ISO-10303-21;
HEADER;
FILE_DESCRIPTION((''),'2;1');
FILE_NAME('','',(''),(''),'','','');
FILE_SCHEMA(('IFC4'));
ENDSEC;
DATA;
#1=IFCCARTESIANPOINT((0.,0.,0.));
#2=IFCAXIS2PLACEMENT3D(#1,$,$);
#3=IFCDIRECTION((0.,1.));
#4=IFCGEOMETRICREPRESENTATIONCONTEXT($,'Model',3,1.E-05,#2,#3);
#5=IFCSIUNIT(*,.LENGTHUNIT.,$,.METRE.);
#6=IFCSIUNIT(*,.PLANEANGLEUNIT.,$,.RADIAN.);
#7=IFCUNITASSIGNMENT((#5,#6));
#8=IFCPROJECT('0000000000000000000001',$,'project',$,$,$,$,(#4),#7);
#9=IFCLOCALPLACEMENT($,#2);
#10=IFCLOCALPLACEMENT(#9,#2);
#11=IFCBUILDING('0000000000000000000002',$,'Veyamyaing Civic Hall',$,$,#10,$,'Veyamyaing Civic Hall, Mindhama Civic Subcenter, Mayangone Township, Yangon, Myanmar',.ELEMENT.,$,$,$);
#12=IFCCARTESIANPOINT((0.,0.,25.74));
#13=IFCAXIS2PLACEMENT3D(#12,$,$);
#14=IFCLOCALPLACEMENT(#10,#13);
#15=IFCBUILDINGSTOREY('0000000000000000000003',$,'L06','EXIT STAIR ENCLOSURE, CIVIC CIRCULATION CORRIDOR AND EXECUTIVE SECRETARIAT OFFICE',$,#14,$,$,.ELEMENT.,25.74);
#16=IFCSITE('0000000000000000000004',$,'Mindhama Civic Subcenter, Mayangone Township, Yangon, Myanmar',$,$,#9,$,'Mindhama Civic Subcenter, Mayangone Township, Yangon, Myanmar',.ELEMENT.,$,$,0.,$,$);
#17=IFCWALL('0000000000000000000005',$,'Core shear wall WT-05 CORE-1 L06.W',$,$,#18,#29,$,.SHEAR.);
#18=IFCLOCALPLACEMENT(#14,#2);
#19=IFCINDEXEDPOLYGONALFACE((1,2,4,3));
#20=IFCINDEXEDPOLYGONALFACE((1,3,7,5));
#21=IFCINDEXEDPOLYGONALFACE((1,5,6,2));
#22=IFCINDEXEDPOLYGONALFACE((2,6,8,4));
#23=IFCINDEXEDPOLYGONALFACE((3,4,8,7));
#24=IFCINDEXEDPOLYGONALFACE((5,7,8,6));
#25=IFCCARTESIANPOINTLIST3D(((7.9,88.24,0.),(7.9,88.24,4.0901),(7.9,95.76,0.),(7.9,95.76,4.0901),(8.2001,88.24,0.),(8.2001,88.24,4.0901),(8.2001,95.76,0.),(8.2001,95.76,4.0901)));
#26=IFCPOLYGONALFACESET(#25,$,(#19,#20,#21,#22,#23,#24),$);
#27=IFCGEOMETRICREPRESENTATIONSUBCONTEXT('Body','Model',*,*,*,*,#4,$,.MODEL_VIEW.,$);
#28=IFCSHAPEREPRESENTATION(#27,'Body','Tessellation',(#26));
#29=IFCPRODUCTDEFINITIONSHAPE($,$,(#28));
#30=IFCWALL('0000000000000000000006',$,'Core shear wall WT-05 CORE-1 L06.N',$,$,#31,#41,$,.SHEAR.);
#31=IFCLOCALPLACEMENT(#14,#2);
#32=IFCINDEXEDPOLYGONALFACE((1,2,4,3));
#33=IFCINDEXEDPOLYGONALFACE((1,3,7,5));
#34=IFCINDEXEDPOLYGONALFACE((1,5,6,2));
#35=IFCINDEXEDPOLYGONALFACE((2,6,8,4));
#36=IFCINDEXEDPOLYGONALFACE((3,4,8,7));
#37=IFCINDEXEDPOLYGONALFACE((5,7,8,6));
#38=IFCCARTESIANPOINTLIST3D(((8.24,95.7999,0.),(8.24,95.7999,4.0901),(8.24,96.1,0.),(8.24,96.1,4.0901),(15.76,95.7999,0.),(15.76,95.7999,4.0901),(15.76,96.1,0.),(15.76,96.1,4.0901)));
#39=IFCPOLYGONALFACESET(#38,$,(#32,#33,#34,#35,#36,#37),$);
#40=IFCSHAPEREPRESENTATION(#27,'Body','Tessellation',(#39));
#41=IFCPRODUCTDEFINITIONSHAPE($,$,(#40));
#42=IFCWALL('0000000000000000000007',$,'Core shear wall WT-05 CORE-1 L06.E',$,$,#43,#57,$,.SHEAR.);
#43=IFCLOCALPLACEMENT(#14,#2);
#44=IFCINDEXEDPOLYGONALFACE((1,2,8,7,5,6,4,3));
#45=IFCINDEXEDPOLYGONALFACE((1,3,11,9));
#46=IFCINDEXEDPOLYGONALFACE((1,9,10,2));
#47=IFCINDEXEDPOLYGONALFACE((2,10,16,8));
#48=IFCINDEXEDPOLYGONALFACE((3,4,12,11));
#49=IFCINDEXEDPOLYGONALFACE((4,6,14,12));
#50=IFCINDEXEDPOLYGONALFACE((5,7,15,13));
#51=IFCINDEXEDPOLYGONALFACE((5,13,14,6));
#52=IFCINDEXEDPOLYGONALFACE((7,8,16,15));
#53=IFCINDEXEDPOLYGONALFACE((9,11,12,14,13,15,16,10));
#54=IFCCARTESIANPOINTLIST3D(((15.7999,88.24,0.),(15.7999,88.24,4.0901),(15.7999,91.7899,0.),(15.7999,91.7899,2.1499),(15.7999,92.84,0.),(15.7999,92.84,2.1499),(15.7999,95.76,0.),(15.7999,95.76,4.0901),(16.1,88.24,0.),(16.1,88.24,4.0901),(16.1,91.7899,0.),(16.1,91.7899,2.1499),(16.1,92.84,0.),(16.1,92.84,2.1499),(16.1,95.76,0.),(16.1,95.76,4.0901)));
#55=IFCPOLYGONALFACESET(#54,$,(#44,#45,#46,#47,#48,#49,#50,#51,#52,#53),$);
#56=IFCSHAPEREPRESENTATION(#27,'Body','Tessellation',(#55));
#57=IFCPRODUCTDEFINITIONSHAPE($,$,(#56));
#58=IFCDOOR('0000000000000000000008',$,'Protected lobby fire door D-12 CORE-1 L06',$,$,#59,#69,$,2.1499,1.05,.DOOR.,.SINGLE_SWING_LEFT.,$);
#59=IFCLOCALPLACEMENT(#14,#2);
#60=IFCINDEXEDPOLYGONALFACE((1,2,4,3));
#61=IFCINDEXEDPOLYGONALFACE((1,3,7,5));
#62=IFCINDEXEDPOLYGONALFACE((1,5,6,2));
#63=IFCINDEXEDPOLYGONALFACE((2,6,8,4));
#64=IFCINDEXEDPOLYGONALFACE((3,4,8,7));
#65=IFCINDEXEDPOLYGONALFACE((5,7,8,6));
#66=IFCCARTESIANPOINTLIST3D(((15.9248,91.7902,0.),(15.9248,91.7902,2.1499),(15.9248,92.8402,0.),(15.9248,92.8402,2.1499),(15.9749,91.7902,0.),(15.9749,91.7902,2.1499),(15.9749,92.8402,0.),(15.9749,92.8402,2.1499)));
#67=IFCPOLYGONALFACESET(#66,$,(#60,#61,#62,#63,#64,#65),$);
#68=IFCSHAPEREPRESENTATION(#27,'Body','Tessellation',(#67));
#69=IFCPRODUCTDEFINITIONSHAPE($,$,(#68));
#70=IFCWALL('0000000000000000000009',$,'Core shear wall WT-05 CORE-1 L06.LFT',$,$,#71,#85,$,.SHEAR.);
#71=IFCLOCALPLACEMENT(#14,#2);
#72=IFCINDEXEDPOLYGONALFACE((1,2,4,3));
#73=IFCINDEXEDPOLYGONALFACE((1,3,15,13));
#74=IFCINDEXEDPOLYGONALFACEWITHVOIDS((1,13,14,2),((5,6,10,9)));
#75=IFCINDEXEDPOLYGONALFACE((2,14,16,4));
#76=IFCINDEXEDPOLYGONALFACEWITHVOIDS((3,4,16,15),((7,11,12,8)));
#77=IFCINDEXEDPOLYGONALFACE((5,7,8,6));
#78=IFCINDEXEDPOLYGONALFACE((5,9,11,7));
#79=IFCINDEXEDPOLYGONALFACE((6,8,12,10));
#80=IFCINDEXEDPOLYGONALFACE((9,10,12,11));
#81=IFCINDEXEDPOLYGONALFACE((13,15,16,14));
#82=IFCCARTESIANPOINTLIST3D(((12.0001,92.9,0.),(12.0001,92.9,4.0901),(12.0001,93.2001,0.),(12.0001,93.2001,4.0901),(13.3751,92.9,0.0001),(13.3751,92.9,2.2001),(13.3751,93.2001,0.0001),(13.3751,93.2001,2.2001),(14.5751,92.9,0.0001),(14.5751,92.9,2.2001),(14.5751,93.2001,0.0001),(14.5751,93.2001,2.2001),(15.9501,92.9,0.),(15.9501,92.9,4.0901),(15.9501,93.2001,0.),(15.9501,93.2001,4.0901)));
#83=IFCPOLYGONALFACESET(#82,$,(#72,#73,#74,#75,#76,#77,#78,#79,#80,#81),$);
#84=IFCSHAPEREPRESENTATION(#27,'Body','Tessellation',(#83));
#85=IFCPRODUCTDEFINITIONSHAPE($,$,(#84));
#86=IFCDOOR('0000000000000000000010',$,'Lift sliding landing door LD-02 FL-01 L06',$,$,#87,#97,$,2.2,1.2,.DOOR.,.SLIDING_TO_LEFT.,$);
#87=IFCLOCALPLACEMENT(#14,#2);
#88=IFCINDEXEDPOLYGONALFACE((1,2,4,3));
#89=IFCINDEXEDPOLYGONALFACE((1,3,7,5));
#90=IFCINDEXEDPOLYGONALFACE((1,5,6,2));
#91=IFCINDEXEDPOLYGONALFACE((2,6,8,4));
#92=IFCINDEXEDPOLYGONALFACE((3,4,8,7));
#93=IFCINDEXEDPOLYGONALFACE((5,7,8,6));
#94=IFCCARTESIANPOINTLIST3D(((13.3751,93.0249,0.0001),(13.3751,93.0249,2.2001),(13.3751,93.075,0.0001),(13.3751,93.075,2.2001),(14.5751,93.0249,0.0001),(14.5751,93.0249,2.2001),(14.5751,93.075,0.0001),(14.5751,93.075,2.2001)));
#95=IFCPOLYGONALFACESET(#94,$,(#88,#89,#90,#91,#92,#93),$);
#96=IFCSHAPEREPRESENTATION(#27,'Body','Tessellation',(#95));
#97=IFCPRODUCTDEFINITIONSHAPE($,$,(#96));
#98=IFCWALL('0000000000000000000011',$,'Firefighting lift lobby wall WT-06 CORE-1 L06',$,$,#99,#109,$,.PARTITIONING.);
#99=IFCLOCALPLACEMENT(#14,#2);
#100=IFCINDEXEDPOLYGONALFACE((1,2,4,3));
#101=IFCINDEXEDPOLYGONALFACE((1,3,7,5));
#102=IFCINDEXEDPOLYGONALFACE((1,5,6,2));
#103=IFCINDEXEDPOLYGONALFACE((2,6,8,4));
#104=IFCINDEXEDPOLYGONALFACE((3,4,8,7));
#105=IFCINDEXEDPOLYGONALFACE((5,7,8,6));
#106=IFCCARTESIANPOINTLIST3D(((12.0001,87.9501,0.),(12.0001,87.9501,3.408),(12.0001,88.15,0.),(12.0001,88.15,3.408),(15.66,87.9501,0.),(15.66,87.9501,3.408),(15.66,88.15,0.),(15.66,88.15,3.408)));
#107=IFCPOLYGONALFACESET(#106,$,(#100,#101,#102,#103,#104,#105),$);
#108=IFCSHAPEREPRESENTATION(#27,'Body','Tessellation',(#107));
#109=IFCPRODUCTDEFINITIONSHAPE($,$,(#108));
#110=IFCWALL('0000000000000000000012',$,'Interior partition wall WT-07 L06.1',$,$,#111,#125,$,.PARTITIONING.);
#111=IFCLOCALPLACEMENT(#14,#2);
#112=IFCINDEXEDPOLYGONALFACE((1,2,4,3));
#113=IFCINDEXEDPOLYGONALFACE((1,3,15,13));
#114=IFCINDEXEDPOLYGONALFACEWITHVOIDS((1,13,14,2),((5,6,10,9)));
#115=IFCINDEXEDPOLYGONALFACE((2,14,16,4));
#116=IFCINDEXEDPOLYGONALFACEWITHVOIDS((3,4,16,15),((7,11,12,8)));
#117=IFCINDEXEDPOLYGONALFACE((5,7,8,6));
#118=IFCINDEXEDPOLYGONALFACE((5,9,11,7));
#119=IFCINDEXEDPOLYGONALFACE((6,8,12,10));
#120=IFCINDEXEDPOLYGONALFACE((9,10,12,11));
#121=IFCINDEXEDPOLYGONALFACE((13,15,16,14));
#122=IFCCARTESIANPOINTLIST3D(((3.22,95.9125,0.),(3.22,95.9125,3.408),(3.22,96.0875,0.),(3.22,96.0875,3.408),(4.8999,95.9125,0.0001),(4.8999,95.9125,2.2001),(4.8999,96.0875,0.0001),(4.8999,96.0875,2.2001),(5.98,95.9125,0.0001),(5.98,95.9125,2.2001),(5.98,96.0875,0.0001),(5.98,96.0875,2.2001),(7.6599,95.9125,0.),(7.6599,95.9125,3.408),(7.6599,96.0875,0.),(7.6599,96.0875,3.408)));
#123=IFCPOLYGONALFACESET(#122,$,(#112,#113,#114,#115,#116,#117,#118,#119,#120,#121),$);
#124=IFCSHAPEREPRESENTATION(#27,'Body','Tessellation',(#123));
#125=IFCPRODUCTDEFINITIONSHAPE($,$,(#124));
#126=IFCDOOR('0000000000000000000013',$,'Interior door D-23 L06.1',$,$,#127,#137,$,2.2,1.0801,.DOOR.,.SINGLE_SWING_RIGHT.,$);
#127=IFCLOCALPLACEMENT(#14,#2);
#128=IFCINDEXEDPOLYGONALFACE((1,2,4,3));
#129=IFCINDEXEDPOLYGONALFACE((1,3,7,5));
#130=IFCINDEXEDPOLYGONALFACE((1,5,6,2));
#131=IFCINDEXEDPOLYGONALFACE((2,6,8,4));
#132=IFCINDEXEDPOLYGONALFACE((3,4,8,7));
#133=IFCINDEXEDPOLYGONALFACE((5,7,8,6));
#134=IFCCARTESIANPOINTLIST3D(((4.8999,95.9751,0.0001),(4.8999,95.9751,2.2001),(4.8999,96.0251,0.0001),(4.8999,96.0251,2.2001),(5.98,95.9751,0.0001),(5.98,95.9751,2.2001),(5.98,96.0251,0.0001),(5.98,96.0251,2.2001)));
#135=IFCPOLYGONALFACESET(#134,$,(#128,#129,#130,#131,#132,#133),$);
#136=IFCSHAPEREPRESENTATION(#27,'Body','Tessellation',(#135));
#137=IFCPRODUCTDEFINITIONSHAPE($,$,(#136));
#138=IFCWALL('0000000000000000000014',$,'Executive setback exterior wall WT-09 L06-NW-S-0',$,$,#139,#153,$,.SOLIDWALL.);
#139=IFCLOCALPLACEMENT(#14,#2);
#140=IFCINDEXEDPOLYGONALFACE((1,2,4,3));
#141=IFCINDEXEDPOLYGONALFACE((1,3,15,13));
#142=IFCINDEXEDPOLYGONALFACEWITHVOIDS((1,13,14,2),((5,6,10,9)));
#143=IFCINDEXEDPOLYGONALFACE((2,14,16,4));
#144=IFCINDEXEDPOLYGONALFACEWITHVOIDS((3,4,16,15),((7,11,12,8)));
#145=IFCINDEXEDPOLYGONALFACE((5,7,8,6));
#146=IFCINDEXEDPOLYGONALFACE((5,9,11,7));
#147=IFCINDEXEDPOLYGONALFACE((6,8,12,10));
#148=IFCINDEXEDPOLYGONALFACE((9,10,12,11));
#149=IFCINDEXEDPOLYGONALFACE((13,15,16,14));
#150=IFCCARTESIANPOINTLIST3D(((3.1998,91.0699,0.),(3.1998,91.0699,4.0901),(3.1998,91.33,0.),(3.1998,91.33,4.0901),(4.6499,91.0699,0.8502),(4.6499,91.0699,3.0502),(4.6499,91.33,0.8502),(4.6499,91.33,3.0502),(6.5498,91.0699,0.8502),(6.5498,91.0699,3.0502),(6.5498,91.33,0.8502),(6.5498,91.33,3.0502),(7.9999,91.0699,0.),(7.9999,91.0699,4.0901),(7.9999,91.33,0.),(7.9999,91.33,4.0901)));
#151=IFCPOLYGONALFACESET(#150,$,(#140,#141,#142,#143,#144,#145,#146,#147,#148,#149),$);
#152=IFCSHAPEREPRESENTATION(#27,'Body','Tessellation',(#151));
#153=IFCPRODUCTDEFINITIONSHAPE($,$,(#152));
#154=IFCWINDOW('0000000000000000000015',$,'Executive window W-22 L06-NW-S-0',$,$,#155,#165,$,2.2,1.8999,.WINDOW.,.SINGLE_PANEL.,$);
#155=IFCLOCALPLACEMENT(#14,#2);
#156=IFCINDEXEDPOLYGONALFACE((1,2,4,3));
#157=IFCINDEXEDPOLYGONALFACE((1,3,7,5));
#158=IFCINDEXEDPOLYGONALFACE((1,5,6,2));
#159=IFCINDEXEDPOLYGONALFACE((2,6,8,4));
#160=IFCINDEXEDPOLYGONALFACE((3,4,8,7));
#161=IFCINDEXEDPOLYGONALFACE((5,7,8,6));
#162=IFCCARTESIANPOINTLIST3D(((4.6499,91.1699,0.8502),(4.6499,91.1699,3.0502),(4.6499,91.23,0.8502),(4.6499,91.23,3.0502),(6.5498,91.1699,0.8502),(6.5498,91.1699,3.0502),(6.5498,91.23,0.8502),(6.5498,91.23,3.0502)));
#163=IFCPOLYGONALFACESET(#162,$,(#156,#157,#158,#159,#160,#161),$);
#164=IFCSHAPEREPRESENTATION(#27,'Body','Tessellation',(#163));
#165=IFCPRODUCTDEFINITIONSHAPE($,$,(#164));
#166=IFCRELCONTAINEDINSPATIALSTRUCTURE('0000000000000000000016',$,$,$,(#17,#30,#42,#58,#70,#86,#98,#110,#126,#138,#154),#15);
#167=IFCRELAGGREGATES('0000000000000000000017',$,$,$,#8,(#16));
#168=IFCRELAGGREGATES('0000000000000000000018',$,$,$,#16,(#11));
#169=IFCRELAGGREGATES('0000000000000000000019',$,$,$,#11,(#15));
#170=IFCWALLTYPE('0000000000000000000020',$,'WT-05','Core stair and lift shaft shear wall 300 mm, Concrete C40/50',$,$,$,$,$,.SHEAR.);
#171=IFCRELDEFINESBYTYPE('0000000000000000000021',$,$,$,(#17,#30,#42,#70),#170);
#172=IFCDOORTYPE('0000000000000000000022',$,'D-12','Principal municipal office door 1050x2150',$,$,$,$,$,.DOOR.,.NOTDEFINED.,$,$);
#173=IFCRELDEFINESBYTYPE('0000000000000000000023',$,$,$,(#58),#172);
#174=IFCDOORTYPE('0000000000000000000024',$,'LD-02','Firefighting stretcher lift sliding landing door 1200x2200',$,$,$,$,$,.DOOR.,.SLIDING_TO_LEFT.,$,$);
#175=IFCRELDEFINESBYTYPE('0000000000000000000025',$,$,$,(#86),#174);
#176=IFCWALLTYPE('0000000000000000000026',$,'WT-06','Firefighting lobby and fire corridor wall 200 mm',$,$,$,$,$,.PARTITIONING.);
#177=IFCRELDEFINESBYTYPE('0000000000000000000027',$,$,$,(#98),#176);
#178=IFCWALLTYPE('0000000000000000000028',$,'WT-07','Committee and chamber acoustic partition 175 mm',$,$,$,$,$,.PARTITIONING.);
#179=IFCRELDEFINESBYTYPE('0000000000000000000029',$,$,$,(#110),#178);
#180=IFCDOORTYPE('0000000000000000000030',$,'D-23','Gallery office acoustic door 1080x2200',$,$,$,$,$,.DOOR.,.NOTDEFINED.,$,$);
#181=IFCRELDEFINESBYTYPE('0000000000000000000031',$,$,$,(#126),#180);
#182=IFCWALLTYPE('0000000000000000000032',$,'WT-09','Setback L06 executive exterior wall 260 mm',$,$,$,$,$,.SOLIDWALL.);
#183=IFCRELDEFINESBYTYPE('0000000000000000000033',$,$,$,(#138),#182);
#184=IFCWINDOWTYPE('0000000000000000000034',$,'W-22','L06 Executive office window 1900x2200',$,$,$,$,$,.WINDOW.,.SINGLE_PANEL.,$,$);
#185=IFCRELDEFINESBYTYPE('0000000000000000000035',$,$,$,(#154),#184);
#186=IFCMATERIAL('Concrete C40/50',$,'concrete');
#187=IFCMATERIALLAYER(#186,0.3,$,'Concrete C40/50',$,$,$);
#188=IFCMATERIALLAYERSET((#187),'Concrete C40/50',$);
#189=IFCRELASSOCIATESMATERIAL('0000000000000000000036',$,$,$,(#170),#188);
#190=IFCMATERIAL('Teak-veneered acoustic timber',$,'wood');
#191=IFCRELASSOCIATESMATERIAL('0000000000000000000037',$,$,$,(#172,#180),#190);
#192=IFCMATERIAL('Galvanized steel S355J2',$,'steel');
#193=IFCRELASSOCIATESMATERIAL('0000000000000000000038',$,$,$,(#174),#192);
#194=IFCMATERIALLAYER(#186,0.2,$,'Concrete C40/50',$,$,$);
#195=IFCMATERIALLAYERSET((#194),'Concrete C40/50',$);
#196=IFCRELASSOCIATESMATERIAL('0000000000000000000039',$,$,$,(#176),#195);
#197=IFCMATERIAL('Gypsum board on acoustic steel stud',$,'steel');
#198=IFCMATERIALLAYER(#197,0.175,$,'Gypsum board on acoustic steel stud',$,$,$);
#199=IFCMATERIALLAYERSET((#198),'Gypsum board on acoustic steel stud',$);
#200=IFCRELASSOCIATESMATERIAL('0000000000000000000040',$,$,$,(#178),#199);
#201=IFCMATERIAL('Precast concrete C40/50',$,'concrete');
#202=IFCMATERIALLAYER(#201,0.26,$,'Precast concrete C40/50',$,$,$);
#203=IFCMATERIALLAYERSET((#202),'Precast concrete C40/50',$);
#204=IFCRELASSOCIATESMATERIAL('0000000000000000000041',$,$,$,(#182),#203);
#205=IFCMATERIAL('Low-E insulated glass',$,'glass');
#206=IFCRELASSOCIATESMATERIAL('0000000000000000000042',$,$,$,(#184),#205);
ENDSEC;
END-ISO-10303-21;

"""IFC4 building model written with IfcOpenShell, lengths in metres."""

from ifc_helpers import new_model, si_unit, direction, frame, frame_2d, origin, place, context, subcontext, project, spatial, rectangle, extrude, material, layer, layer_set, type_object, element, fill, save


model = new_model("IFC4")

# Units and contexts
model_context = context("Model", 3, precision=1e-05, world=origin(), true_north=direction((0.0, 1.0)))
body_context = subcontext(model_context, "Body", "Model", "MODEL_VIEW")
ifc_project = project(units=[si_unit("LENGTHUNIT", "METRE"), si_unit("PLANEANGLEUNIT", "RADIAN")], contexts=[model_context])

# Site, building, storey
site_placement = place(None, origin())
site = spatial("IfcSite", under=ifc_project, at=site_placement, Name="Mindhama Civic Subcenter, Mayangone Township, Yangon, Myanmar", LongName="Mindhama Civic Subcenter, Mayangone Township, Yangon, Myanmar", CompositionType="ELEMENT", RefElevation=0.0)
building_placement = place(site_placement, origin())
building = spatial("IfcBuilding", under=site, at=building_placement, Name="Veyamyaing Civic Hall", LongName="Veyamyaing Civic Hall, Mindhama Civic Subcenter, Mayangone Township, Yangon, Myanmar", CompositionType="ELEMENT")
storey_placement = place(building_placement, frame((0.0, 0.0, 25.74)))
storey = spatial("IfcBuildingStorey", under=building, at=storey_placement, Name="L06", Description="EXIT STAIR ENCLOSURE, CIVIC CIRCULATION CORRIDOR AND EXECUTIVE SECRETARIAT OFFICE", CompositionType="ELEMENT", Elevation=25.74)

# Walls
ifc_material_1 = material(Name="Concrete C40/50", Category="concrete")
ifc_layer_1 = layer(ifc_material_1, 0.3, Name="Concrete C40/50")
ifc_layer_set_1 = layer_set([ifc_layer_1], Name="Concrete C40/50")
wall_type_1 = type_object("IfcWallType", Name="WT-05", Description="Core stair and lift shaft shear wall 300 mm, Concrete C40/50", PredefinedType="SHEAR", material=ifc_layer_set_1)
for number, where, z_axis, x_axis, name in (
    (1, (8.05, 88.24, 0.0), (0.0, 0.0, 1.0), (0.0, 1.0, 0.0), "Core shear wall WT-05 CORE-1 L06.W"),
    (2, (8.24, 95.95, 0.0), (0.0, 0.0, 1.0), (1.0, 0.0, 0.0), "Core shear wall WT-05 CORE-1 L06.N"),
):
    element("IfcWall", number, at=place(storey_placement, frame(where, z_axis=z_axis, x_axis=x_axis)), inside=storey, type_object=wall_type_1, Name=name, PredefinedType="SHEAR", context=body_context, shape_type="SweptSolid", body=[
        extrude(rectangle(XDim=7.52, YDim=0.3, at=frame_2d((3.76, 0.0))), origin(), (0.0, 0.0, 1.0), 4.0901),
    ])

# Walls, openings, doors
wall_1_placement = place(storey_placement, frame((15.95, 88.24, 0.0), z_axis=(0.0, 0.0, 1.0), x_axis=(0.0, 1.0, 0.0)))
wall_1 = element("IfcWall", 3, at=wall_1_placement, inside=storey, type_object=wall_type_1, Name="Core shear wall WT-05 CORE-1 L06.E", PredefinedType="SHEAR", context=body_context, shape_type="SweptSolid", body=[
    extrude(rectangle(XDim=7.52, YDim=0.3, at=frame_2d((3.76, 0.0))), origin(), (0.0, 0.0, 1.0), 4.0901),
])
opening_1_placement = place(wall_1_placement, frame((3.55, 0.0, 0.0)))
opening_1 = element("IfcOpeningElement", 4, at=opening_1_placement, cuts=wall_1, PredefinedType="OPENING", context=body_context, shape_type="SweptSolid", body=[
    extrude(rectangle(XDim=1.05, YDim=2.1499, at=frame_2d((0.5249, 1.075))), frame((0.0, 0.1599, 0.0), z_axis=(0.0, -1.0, 0.0), x_axis=(1.0, 0.0, 0.0)), (0.0, 0.0, 1.0), 0.3201),
])
ifc_material_2 = material(Name="Teak-veneered acoustic timber", Category="wood")
door_type_1 = type_object("IfcDoorType", Name="D-12", Description="Principal municipal office door 1050x2150", OperationType="NOTDEFINED", PredefinedType="DOOR", material=ifc_material_2)
door_1_placement = place(opening_1_placement, frame((1.05, 0.0, 0.0), z_axis=(0.0, 0.0, 1.0), x_axis=(-1.0, 0.0, 0.0)))
door_1 = element("IfcDoor", 5, at=door_1_placement, inside=storey, type_object=door_type_1, Name="Protected lobby fire door D-12 CORE-1 L06", OperationType="SINGLE_SWING_LEFT", OverallHeight=2.1499, OverallWidth=1.05, PredefinedType="DOOR", context=body_context, shape_type="SweptSolid", body=[
    extrude(rectangle(XDim=1.05, YDim=2.1499, at=frame_2d((0.5249, 1.075))), frame((0.0, 0.0249, 0.0), z_axis=(0.0, -1.0, 0.0), x_axis=(1.0, 0.0, 0.0)), (0.0, 0.0, 1.0), 0.05),
])
fill(opening_1, door_1)
wall_2_placement = place(storey_placement, frame((12.0, 93.05, 0.0), z_axis=(0.0, 0.0, 1.0), x_axis=(1.0, 0.0, 0.0)))
wall_2 = element("IfcWall", 6, at=wall_2_placement, inside=storey, type_object=wall_type_1, Name="Core shear wall WT-05 CORE-1 L06.LFT", PredefinedType="SHEAR", context=body_context, shape_type="SweptSolid", body=[
    extrude(rectangle(XDim=3.95, YDim=0.3, at=frame_2d((1.9751, 0.0))), origin(), (0.0, 0.0, 1.0), 4.0901),
])
opening_2_placement = place(wall_2_placement, frame((1.375, 0.0, 0.0)))
opening_2 = element("IfcOpeningElement", 7, at=opening_2_placement, cuts=wall_2, PredefinedType="OPENING", context=body_context, shape_type="SweptSolid", body=[
    extrude(rectangle(XDim=1.2, YDim=2.2, at=frame_2d((0.6001, 1.1001))), frame((0.0, 0.1599, 0.0), z_axis=(0.0, -1.0, 0.0), x_axis=(1.0, 0.0, 0.0)), (0.0, 0.0, 1.0), 0.3201),
])
ifc_material_3 = material(Name="Galvanized steel S355J2", Category="steel")
door_type_2 = type_object("IfcDoorType", Name="LD-02", Description="Firefighting stretcher lift sliding landing door 1200x2200", OperationType="SLIDING_TO_LEFT", PredefinedType="DOOR", material=ifc_material_3)
door_2_placement = place(opening_2_placement, origin())
door_2 = element("IfcDoor", 8, at=door_2_placement, inside=storey, type_object=door_type_2, Name="Lift sliding landing door LD-02 FL-01 L06", OperationType="SLIDING_TO_LEFT", OverallHeight=2.2, OverallWidth=1.2, PredefinedType="DOOR", context=body_context, shape_type="SweptSolid", body=[
    extrude(rectangle(XDim=1.2, YDim=2.2, at=frame_2d((0.6001, 1.1001))), frame((0.0, 0.0249, 0.0), z_axis=(0.0, -1.0, 0.0), x_axis=(1.0, 0.0, 0.0)), (0.0, 0.0, 1.0), 0.05),
])
fill(opening_2, door_2)

# Wall
ifc_layer_2 = layer(ifc_material_1, 0.2, Name="Concrete C40/50")
ifc_layer_set_2 = layer_set([ifc_layer_2], Name="Concrete C40/50")
wall_type_2 = type_object("IfcWallType", Name="WT-06", Description="Firefighting lobby and fire corridor wall 200 mm", PredefinedType="PARTITIONING", material=ifc_layer_set_2)
wall_3_placement = place(storey_placement, frame((12.0, 88.05, 0.0), z_axis=(0.0, 0.0, 1.0), x_axis=(1.0, 0.0, 0.0)))
element("IfcWall", 9, at=wall_3_placement, inside=storey, type_object=wall_type_2, Name="Firefighting lift lobby wall WT-06 CORE-1 L06", PredefinedType="PARTITIONING", context=body_context, shape_type="SweptSolid", body=[
    extrude(rectangle(XDim=3.6599, YDim=0.2, at=frame_2d((1.8301, 0.0))), origin(), (0.0, 0.0, 1.0), 3.408),
])

# Wall, opening, door
ifc_material_4 = material(Name="Gypsum board on acoustic steel stud", Category="steel")
ifc_layer_3 = layer(ifc_material_4, 0.175, Name="Gypsum board on acoustic steel stud")
ifc_layer_set_3 = layer_set([ifc_layer_3], Name="Gypsum board on acoustic steel stud")
wall_type_3 = type_object("IfcWallType", Name="WT-07", Description="Committee and chamber acoustic partition 175 mm", PredefinedType="PARTITIONING", material=ifc_layer_set_3)
wall_4_placement = place(storey_placement, frame((3.22, 96.0, 0.0), z_axis=(0.0, 0.0, 1.0), x_axis=(1.0, 0.0, 0.0)))
wall_4 = element("IfcWall", 10, at=wall_4_placement, inside=storey, type_object=wall_type_3, Name="Interior partition wall WT-07 L06.1", PredefinedType="PARTITIONING", context=body_context, shape_type="SweptSolid", body=[
    extrude(rectangle(XDim=4.4399, YDim=0.175, at=frame_2d((2.22, 0.0))), origin(), (0.0, 0.0, 1.0), 3.408),
])
opening_3_placement = place(wall_4_placement, frame((1.6799, 0.0, 0.0)))
opening_3 = element("IfcOpeningElement", 11, at=opening_3_placement, cuts=wall_4, PredefinedType="OPENING", context=body_context, shape_type="SweptSolid", body=[
    extrude(rectangle(XDim=1.0801, YDim=2.2, at=frame_2d((0.54, 1.1001))), frame((0.0, 0.0974, 0.0), z_axis=(0.0, -1.0, 0.0), x_axis=(1.0, 0.0, 0.0)), (0.0, 0.0, 1.0), 0.1951),
])
door_type_3 = type_object("IfcDoorType", Name="D-23", Description="Gallery office acoustic door 1080x2200", OperationType="NOTDEFINED", PredefinedType="DOOR", material=ifc_material_2)
door_3_placement = place(opening_3_placement, frame((1.0801, 0.0, 0.0), z_axis=(0.0, 0.0, 1.0), x_axis=(-1.0, 0.0, 0.0)))
door_3 = element("IfcDoor", 12, at=door_3_placement, inside=storey, type_object=door_type_3, Name="Interior door D-23 L06.1", OperationType="SINGLE_SWING_RIGHT", OverallHeight=2.2, OverallWidth=1.0801, PredefinedType="DOOR", context=body_context, shape_type="SweptSolid", body=[
    extrude(rectangle(XDim=1.0801, YDim=2.2, at=frame_2d((0.54, 1.1001))), frame((0.0, 0.0249, 0.0), z_axis=(0.0, -1.0, 0.0), x_axis=(1.0, 0.0, 0.0)), (0.0, 0.0, 1.0), 0.05),
])
fill(opening_3, door_3)

# Wall, opening, window
ifc_material_5 = material(Name="Precast concrete C40/50", Category="concrete")
ifc_layer_4 = layer(ifc_material_5, 0.26, Name="Precast concrete C40/50")
ifc_layer_set_4 = layer_set([ifc_layer_4], Name="Precast concrete C40/50")
wall_type_4 = type_object("IfcWallType", Name="WT-09", Description="Setback L06 executive exterior wall 260 mm", PredefinedType="SOLIDWALL", material=ifc_layer_set_4)
wall_5_placement = place(storey_placement, frame((3.2, 91.2, 0.0), z_axis=(0.0, 0.0, 1.0), x_axis=(1.0, 0.0, 0.0)))
wall_5 = element("IfcWall", 13, at=wall_5_placement, inside=storey, type_object=wall_type_4, Name="Executive setback exterior wall WT-09 L06-NW-S-0", PredefinedType="SOLIDWALL", context=body_context, shape_type="SweptSolid", body=[
    extrude(rectangle(XDim=4.8, YDim=0.26, at=frame_2d((2.3999, 0.0))), origin(), (0.0, 0.0, 1.0), 4.0901),
])
opening_4_placement = place(wall_5_placement, frame((1.45, 0.0, 0.8501)))
opening_4 = element("IfcOpeningElement", 14, at=opening_4_placement, cuts=wall_5, PredefinedType="OPENING", context=body_context, shape_type="SweptSolid", body=[
    extrude(rectangle(XDim=1.8999, YDim=2.2, at=frame_2d((0.95, 1.1001))), frame((0.0, 0.1399, 0.0), z_axis=(0.0, -1.0, 0.0), x_axis=(1.0, 0.0, 0.0)), (0.0, 0.0, 1.0), 0.28),
])
ifc_material_6 = material(Name="Low-E insulated glass", Category="glass")
window_type = type_object("IfcWindowType", Name="W-22", Description="L06 Executive office window 1900x2200", PartitioningType="SINGLE_PANEL", PredefinedType="WINDOW", material=ifc_material_6)
window_1_placement = place(opening_4_placement, origin())
window_1 = element("IfcWindow", 15, at=window_1_placement, inside=storey, type_object=window_type, Name="Executive window W-22 L06-NW-S-0", OverallHeight=2.2, OverallWidth=1.8999, PartitioningType="SINGLE_PANEL", PredefinedType="WINDOW", context=body_context, shape_type="SweptSolid", body=[
    extrude(rectangle(XDim=1.8999, YDim=2.2, at=frame_2d((0.95, 1.1001))), frame((0.0, 0.03, 0.0), z_axis=(0.0, -1.0, 0.0), x_axis=(1.0, 0.0, 0.0)), (0.0, 0.0, 1.0), 0.0601),
])
fill(opening_4, window_1)

save(model, "model.ifc")
